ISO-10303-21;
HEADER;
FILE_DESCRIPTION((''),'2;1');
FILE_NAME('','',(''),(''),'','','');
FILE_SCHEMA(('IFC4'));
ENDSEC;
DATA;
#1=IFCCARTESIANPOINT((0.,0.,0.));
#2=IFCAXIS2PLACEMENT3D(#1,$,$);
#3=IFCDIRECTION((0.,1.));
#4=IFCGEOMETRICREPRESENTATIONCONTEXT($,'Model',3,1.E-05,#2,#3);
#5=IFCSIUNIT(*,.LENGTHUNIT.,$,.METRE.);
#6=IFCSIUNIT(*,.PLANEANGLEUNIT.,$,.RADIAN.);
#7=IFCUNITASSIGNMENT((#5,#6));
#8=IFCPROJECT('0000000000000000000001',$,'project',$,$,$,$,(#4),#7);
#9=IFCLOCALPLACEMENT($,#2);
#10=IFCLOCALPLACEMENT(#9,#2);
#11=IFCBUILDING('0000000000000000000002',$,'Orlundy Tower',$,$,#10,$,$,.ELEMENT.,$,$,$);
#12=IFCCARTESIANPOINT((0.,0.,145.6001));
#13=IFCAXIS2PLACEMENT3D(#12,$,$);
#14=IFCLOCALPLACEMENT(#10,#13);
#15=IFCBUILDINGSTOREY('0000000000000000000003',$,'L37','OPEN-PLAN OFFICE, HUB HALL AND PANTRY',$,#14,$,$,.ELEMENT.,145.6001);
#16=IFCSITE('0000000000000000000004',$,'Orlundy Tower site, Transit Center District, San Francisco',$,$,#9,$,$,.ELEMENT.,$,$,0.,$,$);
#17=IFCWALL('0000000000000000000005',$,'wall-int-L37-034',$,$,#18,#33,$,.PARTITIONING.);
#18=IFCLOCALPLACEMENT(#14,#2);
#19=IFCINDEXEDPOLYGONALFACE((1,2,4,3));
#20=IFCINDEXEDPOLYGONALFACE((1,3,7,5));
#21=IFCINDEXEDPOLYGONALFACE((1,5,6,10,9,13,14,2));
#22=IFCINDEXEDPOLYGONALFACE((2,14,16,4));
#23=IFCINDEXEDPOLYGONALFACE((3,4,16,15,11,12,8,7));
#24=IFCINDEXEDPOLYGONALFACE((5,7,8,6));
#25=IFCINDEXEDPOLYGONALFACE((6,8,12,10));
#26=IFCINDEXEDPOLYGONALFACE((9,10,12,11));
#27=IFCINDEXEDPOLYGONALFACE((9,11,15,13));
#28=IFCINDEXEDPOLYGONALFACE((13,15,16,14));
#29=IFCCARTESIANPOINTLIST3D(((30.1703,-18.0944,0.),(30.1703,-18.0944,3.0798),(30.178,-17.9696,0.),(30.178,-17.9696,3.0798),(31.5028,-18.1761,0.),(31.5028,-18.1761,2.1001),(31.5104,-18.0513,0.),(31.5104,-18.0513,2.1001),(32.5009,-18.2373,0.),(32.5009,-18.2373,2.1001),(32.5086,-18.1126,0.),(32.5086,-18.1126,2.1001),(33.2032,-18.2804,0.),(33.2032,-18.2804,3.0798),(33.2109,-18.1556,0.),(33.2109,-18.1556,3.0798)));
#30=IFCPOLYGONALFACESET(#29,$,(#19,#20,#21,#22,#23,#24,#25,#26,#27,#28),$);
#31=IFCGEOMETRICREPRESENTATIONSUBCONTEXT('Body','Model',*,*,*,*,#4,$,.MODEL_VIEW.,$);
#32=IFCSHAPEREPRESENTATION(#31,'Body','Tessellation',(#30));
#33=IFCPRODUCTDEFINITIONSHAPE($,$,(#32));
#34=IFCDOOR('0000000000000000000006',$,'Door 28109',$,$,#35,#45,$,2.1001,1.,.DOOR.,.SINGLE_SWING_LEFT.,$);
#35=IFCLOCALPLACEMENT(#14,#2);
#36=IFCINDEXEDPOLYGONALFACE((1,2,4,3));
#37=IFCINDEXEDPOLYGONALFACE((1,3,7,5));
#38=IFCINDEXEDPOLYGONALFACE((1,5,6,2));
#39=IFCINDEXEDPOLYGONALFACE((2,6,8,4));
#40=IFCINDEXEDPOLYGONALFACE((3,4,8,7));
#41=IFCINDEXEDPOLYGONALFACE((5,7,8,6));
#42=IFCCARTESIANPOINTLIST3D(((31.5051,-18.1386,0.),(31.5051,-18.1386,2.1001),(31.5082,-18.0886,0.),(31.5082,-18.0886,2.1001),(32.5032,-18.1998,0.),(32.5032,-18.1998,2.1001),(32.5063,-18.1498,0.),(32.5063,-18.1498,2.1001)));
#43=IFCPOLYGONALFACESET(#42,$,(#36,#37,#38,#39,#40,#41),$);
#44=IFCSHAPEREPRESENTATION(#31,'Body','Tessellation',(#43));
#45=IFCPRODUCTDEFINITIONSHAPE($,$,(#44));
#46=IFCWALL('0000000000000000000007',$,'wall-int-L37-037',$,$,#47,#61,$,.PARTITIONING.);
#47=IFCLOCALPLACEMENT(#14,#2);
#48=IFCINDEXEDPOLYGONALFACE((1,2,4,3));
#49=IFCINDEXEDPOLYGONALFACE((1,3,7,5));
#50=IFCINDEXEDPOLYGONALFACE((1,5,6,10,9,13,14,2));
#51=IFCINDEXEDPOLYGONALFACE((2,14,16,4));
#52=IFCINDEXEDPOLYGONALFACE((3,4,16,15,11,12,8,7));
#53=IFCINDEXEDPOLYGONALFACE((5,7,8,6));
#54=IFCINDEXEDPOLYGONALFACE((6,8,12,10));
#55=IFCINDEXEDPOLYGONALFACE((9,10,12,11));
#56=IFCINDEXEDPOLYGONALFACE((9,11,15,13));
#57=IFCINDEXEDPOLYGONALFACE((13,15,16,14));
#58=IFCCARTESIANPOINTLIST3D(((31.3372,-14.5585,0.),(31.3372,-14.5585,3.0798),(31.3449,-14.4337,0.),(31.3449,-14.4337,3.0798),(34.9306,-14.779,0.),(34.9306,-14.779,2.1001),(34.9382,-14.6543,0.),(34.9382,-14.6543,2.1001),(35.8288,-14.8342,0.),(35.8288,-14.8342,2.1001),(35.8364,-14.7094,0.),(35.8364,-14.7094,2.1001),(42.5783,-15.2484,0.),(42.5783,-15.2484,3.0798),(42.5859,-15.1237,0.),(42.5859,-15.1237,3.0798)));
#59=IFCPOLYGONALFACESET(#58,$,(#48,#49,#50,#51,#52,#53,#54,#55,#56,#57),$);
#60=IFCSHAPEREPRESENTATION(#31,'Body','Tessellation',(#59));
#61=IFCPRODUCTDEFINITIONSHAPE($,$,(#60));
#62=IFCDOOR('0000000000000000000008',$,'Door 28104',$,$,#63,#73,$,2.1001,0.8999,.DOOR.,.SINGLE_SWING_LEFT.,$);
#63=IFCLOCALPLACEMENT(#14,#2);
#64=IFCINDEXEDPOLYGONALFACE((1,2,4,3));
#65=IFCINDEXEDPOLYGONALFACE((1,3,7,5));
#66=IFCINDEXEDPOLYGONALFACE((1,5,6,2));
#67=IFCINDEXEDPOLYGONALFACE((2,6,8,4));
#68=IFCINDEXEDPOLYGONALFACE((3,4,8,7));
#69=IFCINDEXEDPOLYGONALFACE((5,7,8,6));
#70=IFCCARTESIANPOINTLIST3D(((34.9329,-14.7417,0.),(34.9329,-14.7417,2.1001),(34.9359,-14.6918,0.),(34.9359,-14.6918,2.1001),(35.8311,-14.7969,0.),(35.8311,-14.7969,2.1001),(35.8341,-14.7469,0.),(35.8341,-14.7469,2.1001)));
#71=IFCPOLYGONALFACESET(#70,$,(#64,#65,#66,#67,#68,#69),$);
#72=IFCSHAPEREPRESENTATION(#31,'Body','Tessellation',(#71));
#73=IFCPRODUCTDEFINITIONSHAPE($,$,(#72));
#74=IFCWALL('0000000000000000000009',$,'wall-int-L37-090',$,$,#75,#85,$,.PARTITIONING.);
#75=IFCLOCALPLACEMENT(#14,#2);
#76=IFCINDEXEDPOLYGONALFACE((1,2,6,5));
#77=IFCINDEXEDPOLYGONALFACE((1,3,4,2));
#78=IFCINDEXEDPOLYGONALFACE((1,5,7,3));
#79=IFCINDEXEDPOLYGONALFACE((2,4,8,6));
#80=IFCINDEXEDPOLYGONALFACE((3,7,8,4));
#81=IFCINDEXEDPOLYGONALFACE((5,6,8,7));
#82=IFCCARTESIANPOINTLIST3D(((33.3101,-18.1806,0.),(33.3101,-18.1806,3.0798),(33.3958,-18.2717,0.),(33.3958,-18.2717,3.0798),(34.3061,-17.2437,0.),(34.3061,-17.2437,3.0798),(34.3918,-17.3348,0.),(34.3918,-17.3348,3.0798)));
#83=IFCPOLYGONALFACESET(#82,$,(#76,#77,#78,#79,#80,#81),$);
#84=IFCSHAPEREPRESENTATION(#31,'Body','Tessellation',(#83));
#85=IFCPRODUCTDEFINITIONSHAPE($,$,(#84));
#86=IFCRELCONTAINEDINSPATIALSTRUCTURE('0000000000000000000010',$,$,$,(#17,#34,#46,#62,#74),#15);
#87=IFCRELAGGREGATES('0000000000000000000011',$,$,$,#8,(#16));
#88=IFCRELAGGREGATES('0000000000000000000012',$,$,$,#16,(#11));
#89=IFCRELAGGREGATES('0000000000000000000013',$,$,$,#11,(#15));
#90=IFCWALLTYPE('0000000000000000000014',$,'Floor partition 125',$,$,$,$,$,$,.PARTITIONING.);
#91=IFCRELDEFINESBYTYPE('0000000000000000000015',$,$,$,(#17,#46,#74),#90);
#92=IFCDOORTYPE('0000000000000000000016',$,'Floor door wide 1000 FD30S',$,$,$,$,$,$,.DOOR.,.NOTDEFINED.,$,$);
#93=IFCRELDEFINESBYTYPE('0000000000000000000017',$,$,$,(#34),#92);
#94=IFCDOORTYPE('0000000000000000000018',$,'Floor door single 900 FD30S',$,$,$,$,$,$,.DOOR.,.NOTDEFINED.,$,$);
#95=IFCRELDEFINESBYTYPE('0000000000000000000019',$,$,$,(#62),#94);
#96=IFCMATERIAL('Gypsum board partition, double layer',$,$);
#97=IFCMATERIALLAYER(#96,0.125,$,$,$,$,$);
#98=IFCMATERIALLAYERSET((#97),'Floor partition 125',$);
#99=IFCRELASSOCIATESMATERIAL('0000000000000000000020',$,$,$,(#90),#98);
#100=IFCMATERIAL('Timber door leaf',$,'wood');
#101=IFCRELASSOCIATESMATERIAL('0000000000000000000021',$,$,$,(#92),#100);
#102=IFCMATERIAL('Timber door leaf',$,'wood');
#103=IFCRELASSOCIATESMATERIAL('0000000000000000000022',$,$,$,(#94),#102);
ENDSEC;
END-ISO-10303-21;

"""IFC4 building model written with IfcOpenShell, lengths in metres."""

from ifc_helpers import new_model, si_unit, direction, frame, frame_2d, origin, place, context, subcontext, project, spatial, rectangle, extrude, material, layer, layer_set, type_object, element, fill, save


model = new_model("IFC4")

# Units and contexts
model_context = context("Model", 3, precision=1e-05, world=origin(), true_north=direction((0.0, 1.0)))
body_context = subcontext(model_context, "Body", "Model", "MODEL_VIEW")
ifc_project = project(units=[si_unit("LENGTHUNIT", "METRE"), si_unit("PLANEANGLEUNIT", "RADIAN")], contexts=[model_context])

# Site, building, storey
site_placement = place(None, origin())
site = spatial("IfcSite", under=ifc_project, at=site_placement, Name="Orlundy Tower site, Transit Center District, San Francisco", CompositionType="ELEMENT", RefElevation=0.0)
building_placement = place(site_placement, origin())
building = spatial("IfcBuilding", under=site, at=building_placement, Name="Orlundy Tower", CompositionType="ELEMENT")
storey_placement = place(building_placement, frame((0.0, 0.0, 145.6001)))
storey = spatial("IfcBuildingStorey", under=building, at=storey_placement, Name="L37", Description="OPEN-PLAN OFFICE, HUB HALL AND PANTRY", CompositionType="ELEMENT", Elevation=145.6001)

# Shared definitions
ifc_material_1 = material(Name="Gypsum board partition, double layer")
ifc_layer_1 = layer(ifc_material_1, 0.125)
ifc_layer_set_1 = layer_set([ifc_layer_1], Name="Floor partition 125")
wall_type_1 = type_object("IfcWallType", Name="Floor partition 125", PredefinedType="PARTITIONING", material=ifc_layer_set_1)

# Walls, openings, doors
wall_1_placement = place(storey_placement, frame((33.207, -18.218, 0.0), z_axis=(0.0, 0.0, 1.0), x_axis=(-0.998124, 0.061223, 0.0)))
wall_1 = element("IfcWall", 1, at=wall_1_placement, inside=storey, type_object=wall_type_1, Name="wall-int-L37-034", PredefinedType="PARTITIONING", context=body_context, shape_type="SweptSolid", body=[
    extrude(rectangle(XDim=3.0386, YDim=0.125, at=frame_2d((1.5193, 0.0))), origin(), (0.0, 0.0, 1.0), 3.0798),
])
opening_1_placement = place(wall_1_placement, frame((0.7036, 0.0, 0.0)))
opening_1 = element("IfcOpeningElement", 2, at=opening_1_placement, cuts=wall_1, PredefinedType="OPENING", context=body_context, shape_type="SweptSolid", body=[
    extrude(rectangle(XDim=1.0, YDim=2.1001, at=frame_2d((0.5, 1.05))), frame((0.0, 0.0725, 0.0), z_axis=(0.0, -1.0, 0.0), x_axis=(1.0, 0.0, 0.0)), (0.0, 0.0, 1.0), 0.145),
])
ifc_material_2 = material(Name="Timber door leaf", Category="wood")
door_type_1 = type_object("IfcDoorType", Name="Floor door wide 1000 FD30S", OperationType="NOTDEFINED", PredefinedType="DOOR", material=ifc_material_2)
door_1_placement = place(opening_1_placement, origin())
door_1 = element("IfcDoor", 3, at=door_1_placement, inside=storey, type_object=door_type_1, Name="Door 28109", OperationType="SINGLE_SWING_LEFT", OverallHeight=2.1001, OverallWidth=1.0, PredefinedType="DOOR", context=body_context, shape_type="SweptSolid", body=[
    extrude(rectangle(XDim=1.0, YDim=2.1001, at=frame_2d((0.5, 1.05))), frame((0.0, 0.0249, 0.0), z_axis=(0.0, -1.0, 0.0), x_axis=(1.0, 0.0, 0.0)), (0.0, 0.0, 1.0), 0.05),
])
fill(opening_1, door_1)
wall_2_placement = place(storey_placement, frame((31.3411, -14.4961, 0.0), z_axis=(0.0, 0.0, 1.0), x_axis=(0.998122, -0.061262, 0.0)))
wall_2 = element("IfcWall", 4, at=wall_2_placement, inside=storey, type_object=wall_type_1, Name="wall-int-L37-037", PredefinedType="PARTITIONING", context=body_context, shape_type="SweptSolid", body=[
    extrude(rectangle(XDim=11.2622, YDim=0.125, at=frame_2d((5.6311, 0.0))), origin(), (0.0, 0.0, 1.0), 3.0798),
])
opening_2_placement = place(wall_2_placement, frame((3.6001, 0.0, 0.0)))
opening_2 = element("IfcOpeningElement", 5, at=opening_2_placement, cuts=wall_2, PredefinedType="OPENING", context=body_context, shape_type="SweptSolid", body=[
    extrude(rectangle(XDim=0.8999, YDim=2.1001, at=frame_2d((0.45, 1.05))), frame((0.0, 0.0725, 0.0), z_axis=(0.0, -1.0, 0.0), x_axis=(1.0, 0.0, 0.0)), (0.0, 0.0, 1.0), 0.145),
])
ifc_material_3 = material(Name="Timber door leaf", Category="wood")
door_type_2 = type_object("IfcDoorType", Name="Floor door single 900 FD30S", OperationType="NOTDEFINED", PredefinedType="DOOR", material=ifc_material_3)
door_2_placement = place(opening_2_placement, origin())
door_2 = element("IfcDoor", 6, at=door_2_placement, inside=storey, type_object=door_type_2, Name="Door 28104", OperationType="SINGLE_SWING_LEFT", OverallHeight=2.1001, OverallWidth=0.8999, PredefinedType="DOOR", context=body_context, shape_type="SweptSolid", body=[
    extrude(rectangle(XDim=0.8999, YDim=2.1001, at=frame_2d((0.45, 1.05))), frame((0.0, 0.0249, 0.0), z_axis=(0.0, -1.0, 0.0), x_axis=(1.0, 0.0, 0.0)), (0.0, 0.0, 1.0), 0.05),
])
fill(opening_2, door_2)

# Wall
wall_3_placement = place(storey_placement, frame((33.353, -18.2261, 0.0), z_axis=(0.0, 0.0, 1.0), x_axis=(0.728378, 0.685175, 0.0)))
element("IfcWall", 7, at=wall_3_placement, inside=storey, type_object=wall_type_1, Name="wall-int-L37-090", PredefinedType="PARTITIONING", context=body_context, shape_type="SweptSolid", body=[
    extrude(rectangle(XDim=1.3674, YDim=0.125, at=frame_2d((0.6836, 0.0))), origin(), (0.0, 0.0, 1.0), 3.0798),
])

save(model, "model.ifc")
